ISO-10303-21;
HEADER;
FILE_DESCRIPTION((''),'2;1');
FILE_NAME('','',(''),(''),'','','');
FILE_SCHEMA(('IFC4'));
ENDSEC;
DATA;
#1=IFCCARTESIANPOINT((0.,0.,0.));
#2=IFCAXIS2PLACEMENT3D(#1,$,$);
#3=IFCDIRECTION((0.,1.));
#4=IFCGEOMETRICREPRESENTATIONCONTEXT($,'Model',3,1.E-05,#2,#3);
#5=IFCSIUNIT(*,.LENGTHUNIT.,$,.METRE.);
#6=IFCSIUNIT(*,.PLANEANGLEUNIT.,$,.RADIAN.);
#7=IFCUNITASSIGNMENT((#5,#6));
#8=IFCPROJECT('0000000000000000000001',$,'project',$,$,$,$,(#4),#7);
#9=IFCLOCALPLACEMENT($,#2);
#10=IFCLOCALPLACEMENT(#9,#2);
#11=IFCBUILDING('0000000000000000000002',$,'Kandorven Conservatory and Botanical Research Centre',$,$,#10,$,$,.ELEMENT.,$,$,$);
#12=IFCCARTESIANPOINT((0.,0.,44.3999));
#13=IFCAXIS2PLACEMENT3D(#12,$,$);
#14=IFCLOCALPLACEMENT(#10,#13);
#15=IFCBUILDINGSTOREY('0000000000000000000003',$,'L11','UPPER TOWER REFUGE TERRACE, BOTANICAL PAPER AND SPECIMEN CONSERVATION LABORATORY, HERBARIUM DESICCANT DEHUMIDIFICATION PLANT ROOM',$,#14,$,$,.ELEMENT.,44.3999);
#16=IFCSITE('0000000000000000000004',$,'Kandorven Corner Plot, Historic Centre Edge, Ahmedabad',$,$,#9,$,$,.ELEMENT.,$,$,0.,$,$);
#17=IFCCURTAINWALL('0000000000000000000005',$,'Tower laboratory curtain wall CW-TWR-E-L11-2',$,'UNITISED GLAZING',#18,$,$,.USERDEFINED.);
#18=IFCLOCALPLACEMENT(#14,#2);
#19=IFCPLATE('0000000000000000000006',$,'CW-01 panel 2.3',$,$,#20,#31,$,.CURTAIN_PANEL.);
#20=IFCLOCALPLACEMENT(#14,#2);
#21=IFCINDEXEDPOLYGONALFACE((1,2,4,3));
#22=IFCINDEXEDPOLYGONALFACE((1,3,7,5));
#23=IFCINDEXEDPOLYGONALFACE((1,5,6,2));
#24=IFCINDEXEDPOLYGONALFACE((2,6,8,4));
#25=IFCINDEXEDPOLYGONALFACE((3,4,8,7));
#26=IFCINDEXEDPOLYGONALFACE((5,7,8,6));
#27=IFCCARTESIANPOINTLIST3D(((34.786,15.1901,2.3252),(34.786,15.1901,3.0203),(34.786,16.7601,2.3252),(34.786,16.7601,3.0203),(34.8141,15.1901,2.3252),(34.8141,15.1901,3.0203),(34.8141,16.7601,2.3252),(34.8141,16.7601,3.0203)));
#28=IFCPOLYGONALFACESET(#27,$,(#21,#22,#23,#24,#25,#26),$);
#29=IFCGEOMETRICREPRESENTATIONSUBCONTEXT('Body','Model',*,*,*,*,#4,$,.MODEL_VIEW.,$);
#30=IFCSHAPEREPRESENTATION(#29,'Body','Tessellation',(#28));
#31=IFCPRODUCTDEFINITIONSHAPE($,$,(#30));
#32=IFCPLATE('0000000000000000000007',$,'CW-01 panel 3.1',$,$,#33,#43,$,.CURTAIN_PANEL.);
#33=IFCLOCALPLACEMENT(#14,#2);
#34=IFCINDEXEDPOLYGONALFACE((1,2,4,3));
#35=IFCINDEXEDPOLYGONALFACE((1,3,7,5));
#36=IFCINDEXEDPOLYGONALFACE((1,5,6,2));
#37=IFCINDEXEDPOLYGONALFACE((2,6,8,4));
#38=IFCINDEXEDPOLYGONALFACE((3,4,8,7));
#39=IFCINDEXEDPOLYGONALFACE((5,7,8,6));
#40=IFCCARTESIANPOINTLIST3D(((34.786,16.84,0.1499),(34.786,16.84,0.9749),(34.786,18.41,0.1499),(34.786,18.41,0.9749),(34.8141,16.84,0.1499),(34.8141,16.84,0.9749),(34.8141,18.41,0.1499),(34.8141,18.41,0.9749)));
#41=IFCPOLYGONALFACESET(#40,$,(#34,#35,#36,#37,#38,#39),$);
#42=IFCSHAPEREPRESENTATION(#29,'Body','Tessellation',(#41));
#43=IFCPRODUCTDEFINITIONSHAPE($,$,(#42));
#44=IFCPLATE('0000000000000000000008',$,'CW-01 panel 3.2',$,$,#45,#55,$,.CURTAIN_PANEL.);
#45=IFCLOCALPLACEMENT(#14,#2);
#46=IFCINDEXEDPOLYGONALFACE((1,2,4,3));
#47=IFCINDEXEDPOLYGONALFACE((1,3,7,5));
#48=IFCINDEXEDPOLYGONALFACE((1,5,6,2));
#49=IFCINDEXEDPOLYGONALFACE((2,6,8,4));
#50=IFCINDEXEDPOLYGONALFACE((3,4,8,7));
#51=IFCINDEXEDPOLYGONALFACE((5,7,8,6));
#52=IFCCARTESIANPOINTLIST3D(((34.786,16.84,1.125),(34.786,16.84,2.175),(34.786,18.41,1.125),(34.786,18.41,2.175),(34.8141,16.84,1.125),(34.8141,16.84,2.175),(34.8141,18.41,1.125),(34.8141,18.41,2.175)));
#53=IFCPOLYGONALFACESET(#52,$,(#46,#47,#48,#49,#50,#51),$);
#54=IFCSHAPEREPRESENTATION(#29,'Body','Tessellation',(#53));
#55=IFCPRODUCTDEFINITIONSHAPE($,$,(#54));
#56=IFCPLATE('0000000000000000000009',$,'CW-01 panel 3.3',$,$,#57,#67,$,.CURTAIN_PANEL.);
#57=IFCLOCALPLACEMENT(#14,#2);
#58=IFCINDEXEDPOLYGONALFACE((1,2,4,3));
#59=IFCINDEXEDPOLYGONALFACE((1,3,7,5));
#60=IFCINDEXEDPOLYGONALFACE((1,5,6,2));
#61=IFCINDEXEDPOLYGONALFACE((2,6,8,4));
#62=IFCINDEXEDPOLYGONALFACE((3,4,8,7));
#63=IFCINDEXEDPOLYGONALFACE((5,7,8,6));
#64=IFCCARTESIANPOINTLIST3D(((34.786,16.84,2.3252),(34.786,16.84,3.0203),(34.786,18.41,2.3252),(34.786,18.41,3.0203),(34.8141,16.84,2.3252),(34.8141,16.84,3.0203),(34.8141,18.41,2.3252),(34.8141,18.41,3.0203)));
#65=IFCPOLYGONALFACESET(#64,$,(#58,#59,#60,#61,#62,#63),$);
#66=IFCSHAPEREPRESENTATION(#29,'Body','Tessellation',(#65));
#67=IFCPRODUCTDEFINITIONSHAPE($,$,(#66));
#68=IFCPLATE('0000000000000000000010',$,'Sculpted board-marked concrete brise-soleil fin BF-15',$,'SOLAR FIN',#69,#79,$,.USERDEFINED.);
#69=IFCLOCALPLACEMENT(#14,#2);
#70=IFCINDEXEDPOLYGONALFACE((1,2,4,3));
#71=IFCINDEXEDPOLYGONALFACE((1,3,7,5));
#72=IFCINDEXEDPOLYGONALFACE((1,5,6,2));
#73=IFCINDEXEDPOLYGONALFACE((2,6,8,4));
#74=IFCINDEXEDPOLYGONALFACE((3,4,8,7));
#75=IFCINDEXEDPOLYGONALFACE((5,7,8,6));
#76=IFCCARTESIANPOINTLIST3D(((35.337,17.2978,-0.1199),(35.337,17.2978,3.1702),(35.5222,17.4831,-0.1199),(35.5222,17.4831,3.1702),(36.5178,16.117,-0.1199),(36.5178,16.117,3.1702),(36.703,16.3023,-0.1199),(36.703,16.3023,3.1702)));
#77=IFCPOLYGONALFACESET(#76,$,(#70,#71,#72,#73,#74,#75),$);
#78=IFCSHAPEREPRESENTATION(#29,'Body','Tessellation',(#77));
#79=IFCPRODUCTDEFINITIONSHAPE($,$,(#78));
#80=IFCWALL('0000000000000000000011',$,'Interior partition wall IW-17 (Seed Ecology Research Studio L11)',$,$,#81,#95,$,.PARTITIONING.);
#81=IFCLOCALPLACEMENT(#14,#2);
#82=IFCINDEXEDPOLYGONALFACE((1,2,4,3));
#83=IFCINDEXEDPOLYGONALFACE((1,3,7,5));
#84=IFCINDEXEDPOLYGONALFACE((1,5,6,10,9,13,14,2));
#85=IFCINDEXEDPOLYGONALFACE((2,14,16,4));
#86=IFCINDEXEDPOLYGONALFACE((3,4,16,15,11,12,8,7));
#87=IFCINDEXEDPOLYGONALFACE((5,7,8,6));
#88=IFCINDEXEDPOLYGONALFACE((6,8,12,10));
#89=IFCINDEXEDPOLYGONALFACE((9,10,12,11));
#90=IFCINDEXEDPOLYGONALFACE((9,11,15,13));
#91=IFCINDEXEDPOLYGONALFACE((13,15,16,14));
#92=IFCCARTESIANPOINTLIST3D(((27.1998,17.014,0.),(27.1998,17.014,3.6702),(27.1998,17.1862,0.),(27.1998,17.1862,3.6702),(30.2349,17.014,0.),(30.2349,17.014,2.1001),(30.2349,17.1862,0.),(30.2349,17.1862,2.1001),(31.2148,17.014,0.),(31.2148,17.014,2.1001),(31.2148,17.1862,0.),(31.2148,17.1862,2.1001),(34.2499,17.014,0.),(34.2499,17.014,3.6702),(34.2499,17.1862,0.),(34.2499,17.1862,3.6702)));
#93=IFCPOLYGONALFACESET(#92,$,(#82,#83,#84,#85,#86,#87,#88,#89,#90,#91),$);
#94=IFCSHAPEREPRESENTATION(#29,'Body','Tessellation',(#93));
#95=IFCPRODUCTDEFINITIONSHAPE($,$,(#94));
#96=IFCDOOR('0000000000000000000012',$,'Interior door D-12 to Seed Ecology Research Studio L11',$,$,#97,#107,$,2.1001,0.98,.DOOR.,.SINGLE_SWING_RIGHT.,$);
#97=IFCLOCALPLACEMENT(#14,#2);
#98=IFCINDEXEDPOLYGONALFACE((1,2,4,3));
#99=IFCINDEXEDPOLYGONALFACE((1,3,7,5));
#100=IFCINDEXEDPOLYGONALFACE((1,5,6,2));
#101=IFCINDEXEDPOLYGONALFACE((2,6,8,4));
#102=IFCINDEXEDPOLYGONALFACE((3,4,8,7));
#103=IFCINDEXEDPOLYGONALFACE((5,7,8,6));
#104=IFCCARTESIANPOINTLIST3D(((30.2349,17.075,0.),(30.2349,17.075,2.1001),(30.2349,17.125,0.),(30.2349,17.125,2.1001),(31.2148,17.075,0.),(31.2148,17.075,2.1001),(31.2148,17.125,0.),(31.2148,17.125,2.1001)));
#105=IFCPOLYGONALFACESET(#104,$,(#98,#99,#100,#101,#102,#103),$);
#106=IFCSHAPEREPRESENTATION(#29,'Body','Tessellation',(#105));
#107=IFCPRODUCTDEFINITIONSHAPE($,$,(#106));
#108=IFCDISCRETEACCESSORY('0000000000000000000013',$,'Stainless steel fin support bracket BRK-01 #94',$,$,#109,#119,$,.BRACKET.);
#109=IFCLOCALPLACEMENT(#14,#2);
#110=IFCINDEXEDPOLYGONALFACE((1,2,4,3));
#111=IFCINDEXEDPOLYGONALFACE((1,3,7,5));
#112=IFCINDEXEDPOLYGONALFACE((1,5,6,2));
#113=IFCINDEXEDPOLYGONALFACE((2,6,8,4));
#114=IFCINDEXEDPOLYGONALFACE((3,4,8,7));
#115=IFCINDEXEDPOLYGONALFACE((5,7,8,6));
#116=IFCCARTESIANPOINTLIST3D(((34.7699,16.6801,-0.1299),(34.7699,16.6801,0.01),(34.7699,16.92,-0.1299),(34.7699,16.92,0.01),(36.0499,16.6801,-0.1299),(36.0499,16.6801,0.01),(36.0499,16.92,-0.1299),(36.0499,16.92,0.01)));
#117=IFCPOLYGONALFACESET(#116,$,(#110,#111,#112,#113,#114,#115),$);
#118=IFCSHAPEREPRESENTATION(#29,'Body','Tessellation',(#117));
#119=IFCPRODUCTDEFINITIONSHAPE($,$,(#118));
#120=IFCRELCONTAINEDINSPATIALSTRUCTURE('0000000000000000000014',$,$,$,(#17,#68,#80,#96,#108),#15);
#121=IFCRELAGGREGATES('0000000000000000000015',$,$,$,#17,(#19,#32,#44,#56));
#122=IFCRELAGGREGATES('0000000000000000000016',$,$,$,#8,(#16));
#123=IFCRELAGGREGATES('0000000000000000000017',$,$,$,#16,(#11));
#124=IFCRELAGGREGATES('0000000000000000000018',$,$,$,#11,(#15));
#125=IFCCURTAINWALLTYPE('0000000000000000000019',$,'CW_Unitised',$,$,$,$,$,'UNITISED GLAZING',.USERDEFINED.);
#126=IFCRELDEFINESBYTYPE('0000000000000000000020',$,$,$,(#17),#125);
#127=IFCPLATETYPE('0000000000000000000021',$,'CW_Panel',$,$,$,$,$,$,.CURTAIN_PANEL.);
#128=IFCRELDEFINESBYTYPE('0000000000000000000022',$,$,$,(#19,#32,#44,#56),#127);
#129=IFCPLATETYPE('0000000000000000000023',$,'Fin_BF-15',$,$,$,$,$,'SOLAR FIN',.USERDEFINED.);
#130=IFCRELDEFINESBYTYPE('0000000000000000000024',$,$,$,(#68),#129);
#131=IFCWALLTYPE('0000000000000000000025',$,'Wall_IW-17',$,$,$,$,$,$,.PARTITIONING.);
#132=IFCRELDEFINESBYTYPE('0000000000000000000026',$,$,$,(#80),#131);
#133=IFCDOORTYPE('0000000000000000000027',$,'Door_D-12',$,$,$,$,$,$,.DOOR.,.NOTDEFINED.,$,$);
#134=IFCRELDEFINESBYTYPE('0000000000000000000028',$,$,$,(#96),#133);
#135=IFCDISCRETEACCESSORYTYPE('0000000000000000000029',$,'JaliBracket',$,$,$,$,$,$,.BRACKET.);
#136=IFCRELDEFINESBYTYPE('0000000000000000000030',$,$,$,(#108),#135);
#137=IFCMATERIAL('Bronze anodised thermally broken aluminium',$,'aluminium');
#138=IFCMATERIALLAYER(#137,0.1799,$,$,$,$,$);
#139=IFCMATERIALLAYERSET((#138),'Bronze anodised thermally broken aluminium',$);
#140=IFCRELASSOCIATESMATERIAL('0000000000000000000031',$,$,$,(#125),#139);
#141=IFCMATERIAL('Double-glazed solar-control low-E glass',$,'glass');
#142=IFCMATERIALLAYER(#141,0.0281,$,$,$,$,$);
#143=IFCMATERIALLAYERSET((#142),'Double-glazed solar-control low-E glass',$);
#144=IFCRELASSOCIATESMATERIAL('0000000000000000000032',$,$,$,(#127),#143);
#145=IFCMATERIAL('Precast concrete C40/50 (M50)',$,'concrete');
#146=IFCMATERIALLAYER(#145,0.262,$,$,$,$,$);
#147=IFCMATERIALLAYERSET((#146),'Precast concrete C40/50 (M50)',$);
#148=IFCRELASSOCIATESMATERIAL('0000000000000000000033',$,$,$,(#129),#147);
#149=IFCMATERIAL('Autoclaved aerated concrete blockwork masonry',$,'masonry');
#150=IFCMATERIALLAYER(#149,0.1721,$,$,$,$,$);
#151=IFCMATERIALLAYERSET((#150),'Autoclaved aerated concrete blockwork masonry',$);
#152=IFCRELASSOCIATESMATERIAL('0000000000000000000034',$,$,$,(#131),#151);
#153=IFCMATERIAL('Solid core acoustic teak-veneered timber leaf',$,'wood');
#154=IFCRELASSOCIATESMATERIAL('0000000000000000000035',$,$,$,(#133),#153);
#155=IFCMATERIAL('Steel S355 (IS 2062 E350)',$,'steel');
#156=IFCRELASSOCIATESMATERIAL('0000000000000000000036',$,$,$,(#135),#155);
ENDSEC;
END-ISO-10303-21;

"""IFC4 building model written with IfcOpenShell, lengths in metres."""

from ifc_helpers import new_model, si_unit, direction, frame, frame_2d, origin, origin_2d, place, context, subcontext, project, spatial, rectangle, extrude, material, layer, layer_set, type_object, element, fill, aggregate, save


model = new_model("IFC4")

# Units and contexts
model_context = context("Model", 3, precision=1e-05, world=origin(), true_north=direction((0.0, 1.0)))
body_context = subcontext(model_context, "Body", "Model", "MODEL_VIEW")
ifc_project = project(units=[si_unit("LENGTHUNIT", "METRE"), si_unit("PLANEANGLEUNIT", "RADIAN")], contexts=[model_context])

# Site, building, storey
site_placement = place(None, origin())
site = spatial("IfcSite", under=ifc_project, at=site_placement, Name="Kandorven Corner Plot, Historic Centre Edge, Ahmedabad", CompositionType="ELEMENT", RefElevation=0.0)
building_placement = place(site_placement, origin())
building = spatial("IfcBuilding", under=site, at=building_placement, Name="Kandorven Conservatory and Botanical Research Centre", CompositionType="ELEMENT")
storey_placement = place(building_placement, frame((0.0, 0.0, 44.3999)))
storey = spatial("IfcBuildingStorey", under=building, at=storey_placement, Name="L11", Description="UPPER TOWER REFUGE TERRACE, BOTANICAL PAPER AND SPECIMEN CONSERVATION LABORATORY, HERBARIUM DESICCANT DEHUMIDIFICATION PLANT ROOM", CompositionType="ELEMENT", Elevation=44.3999)

# Curtain wall, plates
ifc_material_1 = material(Name="Bronze anodised thermally broken aluminium", Category="aluminium")
ifc_layer_1 = layer(ifc_material_1, 0.1799)
ifc_layer_set_1 = layer_set([ifc_layer_1], Name="Bronze anodised thermally broken aluminium")
curtain_wall_type = type_object("IfcCurtainWallType", Name="CW_Unitised", ElementType="UNITISED GLAZING", PredefinedType="USERDEFINED", material=ifc_layer_set_1)
curtain_wall_placement = place(storey_placement, origin())
curtain_wall = element("IfcCurtainWall", 1, at=curtain_wall_placement, inside=storey, type_object=curtain_wall_type, Name="Tower laboratory curtain wall CW-TWR-E-L11-2", ObjectType="UNITISED GLAZING", PredefinedType="USERDEFINED")
ifc_material_2 = material(Name="Double-glazed solar-control low-E glass", Category="glass")
ifc_layer_2 = layer(ifc_material_2, 0.0281)
ifc_layer_set_2 = layer_set([ifc_layer_2], Name="Double-glazed solar-control low-E glass")
plate_type_1 = type_object("IfcPlateType", Name="CW_Panel", PredefinedType="CURTAIN_PANEL", material=ifc_layer_set_2)
plate_1_placement = place(storey_placement, frame((34.8, 15.9751, 2.3252), z_axis=(0.0, 0.0, 1.0), x_axis=(0.0, 1.0, 0.0)))
plate_1 = element("IfcPlate", 2, at=plate_1_placement, type_object=plate_type_1, Name="CW-01 panel 2.3", PredefinedType="CURTAIN_PANEL", context=body_context, shape_type="SweptSolid", body=[
    extrude(rectangle(XDim=1.5701, YDim=0.0281, at=origin_2d()), origin(), (0.0, 0.0, 1.0), 0.6951),
])
plate_2_placement = place(storey_placement, frame((34.8, 17.625, 0.1499), z_axis=(0.0, 0.0, 1.0), x_axis=(0.0, 1.0, 0.0)))
plate_2 = element("IfcPlate", 3, at=plate_2_placement, type_object=plate_type_1, Name="CW-01 panel 3.1", PredefinedType="CURTAIN_PANEL", context=body_context, shape_type="SweptSolid", body=[
    extrude(rectangle(XDim=1.5701, YDim=0.0281, at=origin_2d()), origin(), (0.0, 0.0, 1.0), 0.825),
])
plate_3_placement = place(storey_placement, frame((34.8, 17.625, 1.125), z_axis=(0.0, 0.0, 1.0), x_axis=(0.0, 1.0, 0.0)))
plate_3 = element("IfcPlate", 4, at=plate_3_placement, type_object=plate_type_1, Name="CW-01 panel 3.2", PredefinedType="CURTAIN_PANEL", context=body_context, shape_type="SweptSolid", body=[
    extrude(rectangle(XDim=1.5701, YDim=0.0281, at=origin_2d()), origin(), (0.0, 0.0, 1.0), 1.05),
])
plate_4_placement = place(storey_placement, frame((34.8, 17.625, 2.3252), z_axis=(0.0, 0.0, 1.0), x_axis=(0.0, 1.0, 0.0)))
plate_4 = element("IfcPlate", 5, at=plate_4_placement, type_object=plate_type_1, Name="CW-01 panel 3.3", PredefinedType="CURTAIN_PANEL", context=body_context, shape_type="SweptSolid", body=[
    extrude(rectangle(XDim=1.5701, YDim=0.0281, at=origin_2d()), origin(), (0.0, 0.0, 1.0), 0.6951),
])
aggregate(curtain_wall, [plate_1, plate_2, plate_3, plate_4])

# Plate
ifc_material_3 = material(Name="Precast concrete C40/50 (M50)", Category="concrete")
ifc_layer_3 = layer(ifc_material_3, 0.262)
ifc_layer_set_3 = layer_set([ifc_layer_3], Name="Precast concrete C40/50 (M50)")
plate_type_2 = type_object("IfcPlateType", Name="Fin_BF-15", ElementType="SOLAR FIN", PredefinedType="USERDEFINED", material=ifc_layer_set_3)
plate_5_placement = place(storey_placement, frame((36.02, 16.8, -0.1199), z_axis=(0.0, 0.0, 1.0), x_axis=(-0.707107, 0.707107, 0.0)))
element("IfcPlate", 6, at=plate_5_placement, inside=storey, type_object=plate_type_2, Name="Sculpted board-marked concrete brise-soleil fin BF-15", ObjectType="SOLAR FIN", PredefinedType="USERDEFINED", context=body_context, shape_type="SweptSolid", body=[
    extrude(rectangle(XDim=1.6699, YDim=0.262, at=origin_2d()), origin(), (0.0, 0.0, 1.0), 3.29),
])

# Wall, opening, door
ifc_material_4 = material(Name="Autoclaved aerated concrete blockwork masonry", Category="masonry")
ifc_layer_4 = layer(ifc_material_4, 0.1721)
ifc_layer_set_4 = layer_set([ifc_layer_4], Name="Autoclaved aerated concrete blockwork masonry")
wall_type = type_object("IfcWallType", Name="Wall_IW-17", PredefinedType="PARTITIONING", material=ifc_layer_set_4)
wall_placement = place(storey_placement, frame((27.2, 17.1001, 0.0), z_axis=(0.0, 0.0, 1.0), x_axis=(1.0, 0.0, 0.0)))
wall = element("IfcWall", 7, at=wall_placement, inside=storey, type_object=wall_type, Name="Interior partition wall IW-17 (Seed Ecology Research Studio L11)", PredefinedType="PARTITIONING", context=body_context, shape_type="SweptSolid", body=[
    extrude(rectangle(XDim=7.05, YDim=0.1721, at=frame_2d((3.5249, 0.0))), origin(), (0.0, 0.0, 1.0), 3.6702),
])
opening_placement = place(wall_placement, frame((3.0349, 0.0, 0.0)))
opening = element("IfcOpeningElement", 8, at=opening_placement, cuts=wall, PredefinedType="OPENING", context=body_context, shape_type="SweptSolid", body=[
    extrude(rectangle(XDim=0.98, YDim=2.1001, at=frame_2d((0.49, 1.05))), frame((0.0, 0.0959, 0.0), z_axis=(0.0, -1.0, 0.0), x_axis=(1.0, 0.0, 0.0)), (0.0, 0.0, 1.0), 0.1921),
])
ifc_material_5 = material(Name="Solid core acoustic teak-veneered timber leaf", Category="wood")
door_type = type_object("IfcDoorType", Name="Door_D-12", OperationType="NOTDEFINED", PredefinedType="DOOR", material=ifc_material_5)
door_placement = place(opening_placement, origin())
door = element("IfcDoor", 9, at=door_placement, inside=storey, type_object=door_type, Name="Interior door D-12 to Seed Ecology Research Studio L11", OperationType="SINGLE_SWING_RIGHT", OverallHeight=2.1001, OverallWidth=0.98, PredefinedType="DOOR", context=body_context, shape_type="SweptSolid", body=[
    extrude(rectangle(XDim=0.98, YDim=2.1001, at=frame_2d((0.49, 1.05))), frame((0.0, 0.0249, 0.0), z_axis=(0.0, -1.0, 0.0), x_axis=(1.0, 0.0, 0.0)), (0.0, 0.0, 1.0), 0.05),
])
fill(opening, door)

# Discrete accessory
ifc_material_6 = material(Name="Steel S355 (IS 2062 E350)", Category="steel")
discrete_accessory_type = type_object("IfcDiscreteAccessoryType", Name="JaliBracket", PredefinedType="BRACKET", material=ifc_material_6)
discrete_accessory_placement = place(storey_placement, frame((35.4099, 16.8, -0.1299), z_axis=(0.0, 0.0, 1.0), x_axis=(1.0, 0.0, 0.0)))
element("IfcDiscreteAccessory", 10, at=discrete_accessory_placement, inside=storey, type_object=discrete_accessory_type, Name="Stainless steel fin support bracket BRK-01 #94", PredefinedType="BRACKET", context=body_context, shape_type="SweptSolid", body=[
    extrude(rectangle(XDim=1.28, YDim=0.24, at=origin_2d()), origin(), (0.0, 0.0, 1.0), 0.1399),
])

save(model, "model.ifc")
